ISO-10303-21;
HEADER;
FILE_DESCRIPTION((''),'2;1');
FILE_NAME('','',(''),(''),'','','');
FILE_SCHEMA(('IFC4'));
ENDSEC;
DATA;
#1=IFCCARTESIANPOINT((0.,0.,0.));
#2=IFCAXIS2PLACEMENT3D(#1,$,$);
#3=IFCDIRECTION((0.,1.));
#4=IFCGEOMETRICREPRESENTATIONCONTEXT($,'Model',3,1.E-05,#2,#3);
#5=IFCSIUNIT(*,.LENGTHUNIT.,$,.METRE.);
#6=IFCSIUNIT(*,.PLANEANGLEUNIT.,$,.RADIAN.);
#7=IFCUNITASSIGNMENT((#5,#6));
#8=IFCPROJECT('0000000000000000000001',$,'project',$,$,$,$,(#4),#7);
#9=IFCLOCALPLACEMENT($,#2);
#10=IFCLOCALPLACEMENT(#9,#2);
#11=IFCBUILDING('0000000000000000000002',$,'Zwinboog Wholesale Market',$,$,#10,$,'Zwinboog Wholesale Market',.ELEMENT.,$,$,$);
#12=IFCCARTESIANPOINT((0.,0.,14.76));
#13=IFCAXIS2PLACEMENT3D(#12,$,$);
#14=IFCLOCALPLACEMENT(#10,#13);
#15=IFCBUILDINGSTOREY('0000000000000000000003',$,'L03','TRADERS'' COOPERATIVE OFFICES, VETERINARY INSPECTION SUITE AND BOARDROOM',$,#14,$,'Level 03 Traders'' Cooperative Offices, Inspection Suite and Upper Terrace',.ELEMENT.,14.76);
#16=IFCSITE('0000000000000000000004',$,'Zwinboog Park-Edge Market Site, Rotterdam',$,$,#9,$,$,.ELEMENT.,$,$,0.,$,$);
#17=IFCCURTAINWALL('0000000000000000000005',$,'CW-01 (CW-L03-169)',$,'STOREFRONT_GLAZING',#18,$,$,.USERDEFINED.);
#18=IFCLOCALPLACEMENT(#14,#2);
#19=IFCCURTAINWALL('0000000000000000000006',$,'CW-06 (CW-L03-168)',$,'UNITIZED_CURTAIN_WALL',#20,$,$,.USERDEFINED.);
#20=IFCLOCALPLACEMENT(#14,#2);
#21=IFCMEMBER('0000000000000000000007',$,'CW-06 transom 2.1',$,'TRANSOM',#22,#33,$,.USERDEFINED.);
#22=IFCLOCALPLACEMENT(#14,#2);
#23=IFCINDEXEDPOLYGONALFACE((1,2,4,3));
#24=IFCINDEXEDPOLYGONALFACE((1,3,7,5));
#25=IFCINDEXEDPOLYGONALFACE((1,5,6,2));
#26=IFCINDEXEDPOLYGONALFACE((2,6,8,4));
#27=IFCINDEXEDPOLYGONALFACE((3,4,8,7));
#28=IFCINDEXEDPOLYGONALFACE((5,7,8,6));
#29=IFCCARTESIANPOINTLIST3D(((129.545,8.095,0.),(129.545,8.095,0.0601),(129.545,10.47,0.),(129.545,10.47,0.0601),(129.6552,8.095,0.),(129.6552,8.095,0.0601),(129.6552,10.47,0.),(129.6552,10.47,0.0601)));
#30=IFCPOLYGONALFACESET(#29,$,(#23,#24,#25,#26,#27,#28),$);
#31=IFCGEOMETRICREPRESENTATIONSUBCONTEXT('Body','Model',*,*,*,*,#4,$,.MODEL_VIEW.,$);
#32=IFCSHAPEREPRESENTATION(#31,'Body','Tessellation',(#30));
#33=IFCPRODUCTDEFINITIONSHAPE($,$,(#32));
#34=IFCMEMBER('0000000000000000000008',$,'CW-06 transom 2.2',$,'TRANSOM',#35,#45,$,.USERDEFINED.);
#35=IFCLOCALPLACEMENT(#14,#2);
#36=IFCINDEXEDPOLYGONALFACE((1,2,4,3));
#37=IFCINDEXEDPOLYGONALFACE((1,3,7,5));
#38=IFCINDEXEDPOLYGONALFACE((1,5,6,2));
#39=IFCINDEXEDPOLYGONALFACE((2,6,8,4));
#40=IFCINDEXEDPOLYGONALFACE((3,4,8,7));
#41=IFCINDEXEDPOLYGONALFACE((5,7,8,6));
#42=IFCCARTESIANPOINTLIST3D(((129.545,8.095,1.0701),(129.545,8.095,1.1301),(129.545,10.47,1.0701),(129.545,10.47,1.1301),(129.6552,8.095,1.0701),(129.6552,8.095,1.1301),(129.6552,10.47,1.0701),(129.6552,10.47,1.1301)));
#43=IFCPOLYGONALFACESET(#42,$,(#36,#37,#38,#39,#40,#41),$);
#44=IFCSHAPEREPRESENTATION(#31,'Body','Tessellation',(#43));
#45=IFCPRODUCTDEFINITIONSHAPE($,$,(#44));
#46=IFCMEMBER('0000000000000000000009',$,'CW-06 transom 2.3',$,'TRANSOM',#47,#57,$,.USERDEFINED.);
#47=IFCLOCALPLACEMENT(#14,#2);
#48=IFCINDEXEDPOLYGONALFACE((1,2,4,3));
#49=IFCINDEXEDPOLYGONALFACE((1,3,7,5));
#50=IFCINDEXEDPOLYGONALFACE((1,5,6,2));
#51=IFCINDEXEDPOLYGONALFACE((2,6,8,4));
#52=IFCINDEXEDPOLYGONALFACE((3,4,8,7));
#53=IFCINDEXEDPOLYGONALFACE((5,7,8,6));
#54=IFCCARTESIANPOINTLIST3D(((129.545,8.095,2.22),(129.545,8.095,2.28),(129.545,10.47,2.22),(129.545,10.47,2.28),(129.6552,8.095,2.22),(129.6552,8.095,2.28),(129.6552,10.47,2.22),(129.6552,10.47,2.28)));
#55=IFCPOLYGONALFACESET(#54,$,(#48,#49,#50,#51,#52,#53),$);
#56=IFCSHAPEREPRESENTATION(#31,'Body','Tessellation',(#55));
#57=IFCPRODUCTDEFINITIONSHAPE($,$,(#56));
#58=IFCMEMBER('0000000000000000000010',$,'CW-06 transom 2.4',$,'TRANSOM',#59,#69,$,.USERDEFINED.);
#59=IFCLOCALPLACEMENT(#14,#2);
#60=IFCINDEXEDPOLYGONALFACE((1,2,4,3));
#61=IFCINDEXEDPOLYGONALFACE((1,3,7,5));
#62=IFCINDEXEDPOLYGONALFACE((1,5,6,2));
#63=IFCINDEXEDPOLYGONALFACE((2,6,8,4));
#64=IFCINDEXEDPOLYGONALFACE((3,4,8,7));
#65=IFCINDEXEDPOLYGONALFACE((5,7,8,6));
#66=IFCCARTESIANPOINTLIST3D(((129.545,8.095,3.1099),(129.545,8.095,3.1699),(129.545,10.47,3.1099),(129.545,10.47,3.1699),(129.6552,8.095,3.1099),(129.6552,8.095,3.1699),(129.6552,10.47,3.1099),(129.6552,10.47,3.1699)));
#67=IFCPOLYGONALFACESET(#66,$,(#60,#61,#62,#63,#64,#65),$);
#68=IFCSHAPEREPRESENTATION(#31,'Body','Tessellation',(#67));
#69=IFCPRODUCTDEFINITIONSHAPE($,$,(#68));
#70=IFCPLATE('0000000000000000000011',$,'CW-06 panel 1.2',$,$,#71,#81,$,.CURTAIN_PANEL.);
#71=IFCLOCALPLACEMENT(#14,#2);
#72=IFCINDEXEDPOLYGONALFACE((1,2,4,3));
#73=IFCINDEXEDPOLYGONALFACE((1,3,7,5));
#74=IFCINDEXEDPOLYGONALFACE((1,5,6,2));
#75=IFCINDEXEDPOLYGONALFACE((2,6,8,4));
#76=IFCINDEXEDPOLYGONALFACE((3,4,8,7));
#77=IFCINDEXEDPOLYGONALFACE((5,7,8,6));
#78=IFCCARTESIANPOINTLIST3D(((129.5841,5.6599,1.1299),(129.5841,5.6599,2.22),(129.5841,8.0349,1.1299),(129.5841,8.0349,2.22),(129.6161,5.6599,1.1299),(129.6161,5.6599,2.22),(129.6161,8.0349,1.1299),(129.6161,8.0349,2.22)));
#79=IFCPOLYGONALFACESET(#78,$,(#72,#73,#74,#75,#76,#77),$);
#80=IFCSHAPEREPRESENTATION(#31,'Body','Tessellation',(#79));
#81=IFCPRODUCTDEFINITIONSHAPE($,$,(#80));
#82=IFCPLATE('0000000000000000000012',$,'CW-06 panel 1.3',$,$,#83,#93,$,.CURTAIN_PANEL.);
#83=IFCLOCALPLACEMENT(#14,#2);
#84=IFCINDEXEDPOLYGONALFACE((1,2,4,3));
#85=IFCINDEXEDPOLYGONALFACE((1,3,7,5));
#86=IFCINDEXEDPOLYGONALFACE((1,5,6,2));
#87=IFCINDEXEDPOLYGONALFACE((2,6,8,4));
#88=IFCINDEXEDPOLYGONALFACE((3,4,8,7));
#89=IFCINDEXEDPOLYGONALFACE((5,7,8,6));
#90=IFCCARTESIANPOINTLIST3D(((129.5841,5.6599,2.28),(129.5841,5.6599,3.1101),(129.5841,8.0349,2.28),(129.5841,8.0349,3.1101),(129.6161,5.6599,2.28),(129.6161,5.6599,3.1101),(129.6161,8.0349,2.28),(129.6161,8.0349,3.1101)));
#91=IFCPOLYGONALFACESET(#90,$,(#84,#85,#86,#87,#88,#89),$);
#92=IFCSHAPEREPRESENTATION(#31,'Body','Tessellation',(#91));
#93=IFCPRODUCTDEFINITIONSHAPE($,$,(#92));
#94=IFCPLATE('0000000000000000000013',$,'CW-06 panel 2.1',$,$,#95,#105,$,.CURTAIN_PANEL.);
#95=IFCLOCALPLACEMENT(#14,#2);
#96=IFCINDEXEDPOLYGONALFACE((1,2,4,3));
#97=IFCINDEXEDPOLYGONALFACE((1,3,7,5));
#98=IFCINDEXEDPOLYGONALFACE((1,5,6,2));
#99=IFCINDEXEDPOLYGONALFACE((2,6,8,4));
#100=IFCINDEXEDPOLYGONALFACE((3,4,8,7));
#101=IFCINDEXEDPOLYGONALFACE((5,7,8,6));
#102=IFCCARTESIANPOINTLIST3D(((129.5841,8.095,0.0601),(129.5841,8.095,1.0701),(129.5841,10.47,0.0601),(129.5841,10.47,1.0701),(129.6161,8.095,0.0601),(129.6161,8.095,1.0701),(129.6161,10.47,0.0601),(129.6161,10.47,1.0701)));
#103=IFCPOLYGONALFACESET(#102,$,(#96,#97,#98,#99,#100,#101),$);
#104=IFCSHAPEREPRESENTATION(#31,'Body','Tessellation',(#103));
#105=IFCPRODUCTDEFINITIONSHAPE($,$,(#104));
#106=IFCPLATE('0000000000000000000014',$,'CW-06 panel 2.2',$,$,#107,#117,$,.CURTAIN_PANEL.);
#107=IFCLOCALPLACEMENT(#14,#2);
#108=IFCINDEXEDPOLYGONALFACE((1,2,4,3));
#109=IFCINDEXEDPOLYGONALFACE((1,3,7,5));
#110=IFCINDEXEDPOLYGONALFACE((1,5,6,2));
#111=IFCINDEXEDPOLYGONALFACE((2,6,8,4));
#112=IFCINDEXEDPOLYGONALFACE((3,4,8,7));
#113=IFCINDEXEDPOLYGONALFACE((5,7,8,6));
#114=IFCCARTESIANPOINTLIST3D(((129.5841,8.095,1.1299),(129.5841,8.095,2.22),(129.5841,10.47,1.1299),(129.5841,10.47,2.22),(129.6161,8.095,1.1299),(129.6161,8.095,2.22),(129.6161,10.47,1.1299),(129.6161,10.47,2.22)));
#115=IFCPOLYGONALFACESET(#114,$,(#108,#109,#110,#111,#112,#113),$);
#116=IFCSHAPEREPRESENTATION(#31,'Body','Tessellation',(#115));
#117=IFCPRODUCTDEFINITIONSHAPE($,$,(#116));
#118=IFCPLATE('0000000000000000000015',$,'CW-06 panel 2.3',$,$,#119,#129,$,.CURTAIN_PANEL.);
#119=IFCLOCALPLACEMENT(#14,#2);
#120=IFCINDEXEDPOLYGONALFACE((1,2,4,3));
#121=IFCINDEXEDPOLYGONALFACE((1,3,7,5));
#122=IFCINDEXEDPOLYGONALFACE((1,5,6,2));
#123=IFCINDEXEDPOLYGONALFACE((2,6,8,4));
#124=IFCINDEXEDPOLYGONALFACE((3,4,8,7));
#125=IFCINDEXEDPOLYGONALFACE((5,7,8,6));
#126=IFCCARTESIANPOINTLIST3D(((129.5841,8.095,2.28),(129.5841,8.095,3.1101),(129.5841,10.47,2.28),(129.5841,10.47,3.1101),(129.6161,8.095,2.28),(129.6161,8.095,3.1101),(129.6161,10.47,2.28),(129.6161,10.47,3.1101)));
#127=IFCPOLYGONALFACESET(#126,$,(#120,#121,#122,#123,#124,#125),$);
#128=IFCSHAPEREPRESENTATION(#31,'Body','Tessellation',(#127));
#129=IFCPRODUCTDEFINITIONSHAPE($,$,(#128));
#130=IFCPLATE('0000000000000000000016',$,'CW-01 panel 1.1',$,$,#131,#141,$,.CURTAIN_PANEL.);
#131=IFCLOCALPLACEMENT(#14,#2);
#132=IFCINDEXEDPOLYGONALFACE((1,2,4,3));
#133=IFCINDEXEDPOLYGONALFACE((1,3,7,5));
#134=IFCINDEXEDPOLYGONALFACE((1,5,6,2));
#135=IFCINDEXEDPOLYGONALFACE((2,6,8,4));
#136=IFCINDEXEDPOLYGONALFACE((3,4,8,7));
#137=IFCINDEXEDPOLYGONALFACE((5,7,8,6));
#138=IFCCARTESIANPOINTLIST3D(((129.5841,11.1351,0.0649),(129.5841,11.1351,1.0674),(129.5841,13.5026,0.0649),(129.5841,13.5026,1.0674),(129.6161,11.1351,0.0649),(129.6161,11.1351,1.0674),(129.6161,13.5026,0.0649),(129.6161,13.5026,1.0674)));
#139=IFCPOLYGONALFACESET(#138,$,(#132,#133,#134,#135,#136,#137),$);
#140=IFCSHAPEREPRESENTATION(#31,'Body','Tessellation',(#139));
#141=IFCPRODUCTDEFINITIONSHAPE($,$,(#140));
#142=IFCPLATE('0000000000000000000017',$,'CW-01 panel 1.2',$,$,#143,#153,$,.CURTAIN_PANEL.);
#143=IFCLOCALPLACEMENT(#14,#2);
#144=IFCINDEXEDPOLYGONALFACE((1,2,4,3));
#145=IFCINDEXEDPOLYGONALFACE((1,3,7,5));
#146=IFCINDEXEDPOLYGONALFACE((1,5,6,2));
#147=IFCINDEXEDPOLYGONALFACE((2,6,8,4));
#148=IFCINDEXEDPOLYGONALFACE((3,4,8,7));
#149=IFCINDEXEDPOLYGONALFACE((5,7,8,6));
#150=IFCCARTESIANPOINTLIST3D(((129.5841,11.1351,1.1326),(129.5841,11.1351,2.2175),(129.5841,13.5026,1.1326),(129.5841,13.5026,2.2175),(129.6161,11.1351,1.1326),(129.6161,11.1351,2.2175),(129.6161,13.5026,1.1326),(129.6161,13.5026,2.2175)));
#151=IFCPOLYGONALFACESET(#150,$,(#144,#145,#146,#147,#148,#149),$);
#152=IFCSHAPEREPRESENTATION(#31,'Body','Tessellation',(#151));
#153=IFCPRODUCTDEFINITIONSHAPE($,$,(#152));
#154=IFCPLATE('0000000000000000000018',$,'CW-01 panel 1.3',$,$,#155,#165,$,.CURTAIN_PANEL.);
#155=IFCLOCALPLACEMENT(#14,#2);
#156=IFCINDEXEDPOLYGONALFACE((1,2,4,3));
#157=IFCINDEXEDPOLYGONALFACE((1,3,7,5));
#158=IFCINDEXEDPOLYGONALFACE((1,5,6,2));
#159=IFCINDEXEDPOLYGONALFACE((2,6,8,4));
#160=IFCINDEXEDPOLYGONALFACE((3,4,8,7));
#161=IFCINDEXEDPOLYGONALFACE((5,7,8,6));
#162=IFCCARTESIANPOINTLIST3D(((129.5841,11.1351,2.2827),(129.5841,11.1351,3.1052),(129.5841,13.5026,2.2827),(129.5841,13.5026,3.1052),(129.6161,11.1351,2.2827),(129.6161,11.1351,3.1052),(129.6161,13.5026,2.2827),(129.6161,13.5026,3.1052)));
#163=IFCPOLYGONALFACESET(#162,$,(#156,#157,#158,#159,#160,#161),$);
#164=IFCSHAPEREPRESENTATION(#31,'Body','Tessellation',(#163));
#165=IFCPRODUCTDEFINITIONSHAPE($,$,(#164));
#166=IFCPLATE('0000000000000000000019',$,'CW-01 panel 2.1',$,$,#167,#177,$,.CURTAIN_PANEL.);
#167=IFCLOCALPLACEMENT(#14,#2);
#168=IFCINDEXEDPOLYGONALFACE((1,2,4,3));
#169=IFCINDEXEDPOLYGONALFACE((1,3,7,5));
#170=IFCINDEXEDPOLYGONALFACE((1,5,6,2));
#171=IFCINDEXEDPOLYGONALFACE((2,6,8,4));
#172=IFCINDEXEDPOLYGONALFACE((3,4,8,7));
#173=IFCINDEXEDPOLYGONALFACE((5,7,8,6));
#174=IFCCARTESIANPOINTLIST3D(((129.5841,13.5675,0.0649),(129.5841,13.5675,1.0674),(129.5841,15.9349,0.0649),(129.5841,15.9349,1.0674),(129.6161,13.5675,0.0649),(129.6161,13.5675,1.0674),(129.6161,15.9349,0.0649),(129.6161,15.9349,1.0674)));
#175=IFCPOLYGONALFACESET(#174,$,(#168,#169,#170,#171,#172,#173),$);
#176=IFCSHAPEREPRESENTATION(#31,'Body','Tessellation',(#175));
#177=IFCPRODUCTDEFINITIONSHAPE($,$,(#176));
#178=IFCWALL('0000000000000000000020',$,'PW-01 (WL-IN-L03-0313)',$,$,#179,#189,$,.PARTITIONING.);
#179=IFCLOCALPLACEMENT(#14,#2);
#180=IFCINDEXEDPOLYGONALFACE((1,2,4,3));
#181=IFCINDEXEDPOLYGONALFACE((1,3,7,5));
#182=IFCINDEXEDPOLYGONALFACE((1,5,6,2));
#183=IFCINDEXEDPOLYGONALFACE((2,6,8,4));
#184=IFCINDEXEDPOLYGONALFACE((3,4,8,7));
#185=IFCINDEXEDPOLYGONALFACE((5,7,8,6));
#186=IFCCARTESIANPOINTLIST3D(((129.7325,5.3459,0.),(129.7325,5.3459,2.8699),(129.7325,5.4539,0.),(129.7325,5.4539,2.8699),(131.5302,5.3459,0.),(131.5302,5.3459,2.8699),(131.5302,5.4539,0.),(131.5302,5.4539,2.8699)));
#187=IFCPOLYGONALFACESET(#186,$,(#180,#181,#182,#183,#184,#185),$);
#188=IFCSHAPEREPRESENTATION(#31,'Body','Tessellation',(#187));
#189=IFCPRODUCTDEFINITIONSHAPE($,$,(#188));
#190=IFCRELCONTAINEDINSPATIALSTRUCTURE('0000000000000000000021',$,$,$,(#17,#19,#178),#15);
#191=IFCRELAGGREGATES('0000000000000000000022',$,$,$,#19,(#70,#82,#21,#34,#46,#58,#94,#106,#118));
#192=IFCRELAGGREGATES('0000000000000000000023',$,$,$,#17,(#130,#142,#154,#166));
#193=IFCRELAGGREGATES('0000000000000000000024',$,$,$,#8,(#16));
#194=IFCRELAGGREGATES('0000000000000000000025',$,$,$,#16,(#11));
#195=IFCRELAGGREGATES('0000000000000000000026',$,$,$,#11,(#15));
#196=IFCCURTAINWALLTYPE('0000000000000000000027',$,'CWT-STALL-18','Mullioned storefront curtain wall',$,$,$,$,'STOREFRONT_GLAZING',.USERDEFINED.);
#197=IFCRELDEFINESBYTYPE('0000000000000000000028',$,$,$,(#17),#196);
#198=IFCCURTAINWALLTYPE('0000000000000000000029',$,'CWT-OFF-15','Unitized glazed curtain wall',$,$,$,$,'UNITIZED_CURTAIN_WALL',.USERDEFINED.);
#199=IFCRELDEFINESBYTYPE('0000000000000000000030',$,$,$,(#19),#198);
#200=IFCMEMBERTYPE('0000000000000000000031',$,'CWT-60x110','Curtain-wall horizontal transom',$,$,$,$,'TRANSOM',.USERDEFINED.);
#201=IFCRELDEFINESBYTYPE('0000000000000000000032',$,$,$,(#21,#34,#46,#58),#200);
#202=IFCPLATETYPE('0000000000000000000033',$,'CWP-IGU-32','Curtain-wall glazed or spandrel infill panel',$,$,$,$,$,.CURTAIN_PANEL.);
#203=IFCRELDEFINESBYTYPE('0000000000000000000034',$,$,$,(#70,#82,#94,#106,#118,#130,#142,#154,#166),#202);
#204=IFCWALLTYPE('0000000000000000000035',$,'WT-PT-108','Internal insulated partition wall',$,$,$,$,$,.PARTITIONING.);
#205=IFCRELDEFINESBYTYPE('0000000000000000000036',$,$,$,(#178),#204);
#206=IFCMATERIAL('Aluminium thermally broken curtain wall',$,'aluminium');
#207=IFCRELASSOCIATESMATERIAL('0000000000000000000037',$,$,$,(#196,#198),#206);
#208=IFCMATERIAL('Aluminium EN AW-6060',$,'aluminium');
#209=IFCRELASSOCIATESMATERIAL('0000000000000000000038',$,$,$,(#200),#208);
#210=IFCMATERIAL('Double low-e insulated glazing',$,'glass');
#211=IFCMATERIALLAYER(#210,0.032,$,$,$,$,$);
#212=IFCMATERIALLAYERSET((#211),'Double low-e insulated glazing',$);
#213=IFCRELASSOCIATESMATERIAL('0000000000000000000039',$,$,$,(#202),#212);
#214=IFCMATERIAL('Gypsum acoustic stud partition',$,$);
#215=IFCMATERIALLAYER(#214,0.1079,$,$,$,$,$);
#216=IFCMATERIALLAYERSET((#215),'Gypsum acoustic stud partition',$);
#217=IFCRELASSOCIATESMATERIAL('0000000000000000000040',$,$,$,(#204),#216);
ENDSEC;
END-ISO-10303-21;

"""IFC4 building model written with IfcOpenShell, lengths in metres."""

from ifc_helpers import new_model, si_unit, direction, frame, frame_2d, origin, origin_2d, place, context, subcontext, project, spatial, rectangle, extrude, material, layer, layer_set, material_profile, profile_set, type_object, element, aggregate, save


model = new_model("IFC4")

# Units and contexts
model_context = context("Model", 3, precision=1e-05, world=origin(), true_north=direction((0.0, 1.0)))
body_context = subcontext(model_context, "Body", "Model", "MODEL_VIEW")
ifc_project = project(units=[si_unit("LENGTHUNIT", "METRE"), si_unit("PLANEANGLEUNIT", "RADIAN")], contexts=[model_context])

# Site, building, storey
site_placement = place(None, origin())
site = spatial("IfcSite", under=ifc_project, at=site_placement, Name="Zwinboog Park-Edge Market Site, Rotterdam", CompositionType="ELEMENT", RefElevation=0.0)
building_placement = place(site_placement, origin())
building = spatial("IfcBuilding", under=site, at=building_placement, Name="Zwinboog Wholesale Market", LongName="Zwinboog Wholesale Market", CompositionType="ELEMENT")
storey_placement = place(building_placement, frame((0.0, 0.0, 14.76)))
storey = spatial("IfcBuildingStorey", under=building, at=storey_placement, Name="L03", Description="TRADERS' COOPERATIVE OFFICES, VETERINARY INSPECTION SUITE AND BOARDROOM", LongName="Level 03 Traders' Cooperative Offices, Inspection Suite and Upper Terrace", CompositionType="ELEMENT", Elevation=14.76)

# Curtain wall
ifc_material_1 = material(Name="Aluminium thermally broken curtain wall", Category="aluminium")
curtain_wall_type_1 = type_object("IfcCurtainWallType", Name="CWT-STALL-18", Description="Mullioned storefront curtain wall", ElementType="STOREFRONT_GLAZING", PredefinedType="USERDEFINED", material=ifc_material_1)
curtain_wall_1_placement = place(storey_placement, origin())
curtain_wall_1 = element("IfcCurtainWall", 1, at=curtain_wall_1_placement, inside=storey, type_object=curtain_wall_type_1, Name="CW-01 (CW-L03-169)", ObjectType="STOREFRONT_GLAZING", PredefinedType="USERDEFINED")
ifc_material_2 = material(Name="Aluminium EN AW-6060", Category="aluminium")

# Curtain wall, members, plates
curtain_wall_type_2 = type_object("IfcCurtainWallType", Name="CWT-OFF-15", Description="Unitized glazed curtain wall", ElementType="UNITIZED_CURTAIN_WALL", PredefinedType="USERDEFINED", material=ifc_material_1)
curtain_wall_2_placement = place(storey_placement, origin())
curtain_wall_2 = element("IfcCurtainWall", 2, at=curtain_wall_2_placement, inside=storey, type_object=curtain_wall_type_2, Name="CW-06 (CW-L03-168)", ObjectType="UNITIZED_CURTAIN_WALL", PredefinedType="USERDEFINED")
ifc_material_profile_1 = material_profile(ifc_material_2, rectangle(XDim=0.1101, YDim=0.0601, at=origin_2d()), Name="AL 60x110")
ifc_profile_set_1 = profile_set([ifc_material_profile_1], Name="Aluminium EN AW-6060")
member_type_1 = type_object("IfcMemberType", Name="CWT-60x110", Description="Curtain-wall horizontal transom", ElementType="TRANSOM", PredefinedType="USERDEFINED", material=ifc_profile_set_1)
member_1_placement = place(storey_placement, frame((129.6001, 8.095, 0.03), z_axis=(0.0, 1.0, 0.0), x_axis=(-1.0, 0.0, 0.0)))
member_1 = element("IfcMember", 3, at=member_1_placement, type_object=member_type_1, Name="CW-06 transom 2.1", ObjectType="TRANSOM", PredefinedType="USERDEFINED", context=body_context, shape_type="SweptSolid", body=[
    extrude(rectangle(XDim=0.1101, YDim=0.0601, at=origin_2d()), origin(), (0.0, 0.0, 1.0), 2.375),
])
member_2_placement = place(storey_placement, frame((129.6001, 8.095, 1.1001), z_axis=(0.0, 1.0, 0.0), x_axis=(-1.0, 0.0, 0.0)))
member_2 = element("IfcMember", 4, at=member_2_placement, type_object=member_type_1, Name="CW-06 transom 2.2", ObjectType="TRANSOM", PredefinedType="USERDEFINED", context=body_context, shape_type="SweptSolid", body=[
    extrude(rectangle(XDim=0.1101, YDim=0.0601, at=origin_2d()), origin(), (0.0, 0.0, 1.0), 2.375),
])
member_3_placement = place(storey_placement, frame((129.6001, 8.095, 2.25), z_axis=(0.0, 1.0, 0.0), x_axis=(-1.0, 0.0, 0.0)))
member_3 = element("IfcMember", 5, at=member_3_placement, type_object=member_type_1, Name="CW-06 transom 2.3", ObjectType="TRANSOM", PredefinedType="USERDEFINED", context=body_context, shape_type="SweptSolid", body=[
    extrude(rectangle(XDim=0.1101, YDim=0.0601, at=origin_2d()), origin(), (0.0, 0.0, 1.0), 2.375),
])
member_4_placement = place(storey_placement, frame((129.6001, 8.095, 3.1399), z_axis=(0.0, 1.0, 0.0), x_axis=(-1.0, 0.0, 0.0)))
member_4 = element("IfcMember", 6, at=member_4_placement, type_object=member_type_1, Name="CW-06 transom 2.4", ObjectType="TRANSOM", PredefinedType="USERDEFINED", context=body_context, shape_type="SweptSolid", body=[
    extrude(rectangle(XDim=0.1101, YDim=0.0601, at=origin_2d()), origin(), (0.0, 0.0, 1.0), 2.375),
])
ifc_material_3 = material(Name="Double low-e insulated glazing", Category="glass")
ifc_layer_1 = layer(ifc_material_3, 0.032)
ifc_layer_set_1 = layer_set([ifc_layer_1], Name="Double low-e insulated glazing")
plate_type = type_object("IfcPlateType", Name="CWP-IGU-32", Description="Curtain-wall glazed or spandrel infill panel", PredefinedType="CURTAIN_PANEL", material=ifc_layer_set_1)
plate_1_placement = place(storey_placement, frame((129.6001, 6.8474, 1.1299), z_axis=(0.0, 0.0, 1.0), x_axis=(0.0, 1.0, 0.0)))
plate_1 = element("IfcPlate", 7, at=plate_1_placement, type_object=plate_type, Name="CW-06 panel 1.2", PredefinedType="CURTAIN_PANEL", context=body_context, shape_type="SweptSolid", body=[
    extrude(rectangle(XDim=2.375, YDim=0.032, at=origin_2d()), origin(), (0.0, 0.0, 1.0), 1.0901),
])
plate_2_placement = place(storey_placement, frame((129.6001, 6.8474, 2.28), z_axis=(0.0, 0.0, 1.0), x_axis=(0.0, 1.0, 0.0)))
plate_2 = element("IfcPlate", 8, at=plate_2_placement, type_object=plate_type, Name="CW-06 panel 1.3", PredefinedType="CURTAIN_PANEL", context=body_context, shape_type="SweptSolid", body=[
    extrude(rectangle(XDim=2.375, YDim=0.032, at=origin_2d()), origin(), (0.0, 0.0, 1.0), 0.8301),
])
plate_3_placement = place(storey_placement, frame((129.6001, 9.2825, 0.0601), z_axis=(0.0, 0.0, 1.0), x_axis=(0.0, 1.0, 0.0)))
plate_3 = element("IfcPlate", 9, at=plate_3_placement, type_object=plate_type, Name="CW-06 panel 2.1", PredefinedType="CURTAIN_PANEL", context=body_context, shape_type="SweptSolid", body=[
    extrude(rectangle(XDim=2.375, YDim=0.032, at=origin_2d()), origin(), (0.0, 0.0, 1.0), 1.01),
])
plate_4_placement = place(storey_placement, frame((129.6001, 9.2825, 1.1299), z_axis=(0.0, 0.0, 1.0), x_axis=(0.0, 1.0, 0.0)))
plate_4 = element("IfcPlate", 10, at=plate_4_placement, type_object=plate_type, Name="CW-06 panel 2.2", PredefinedType="CURTAIN_PANEL", context=body_context, shape_type="SweptSolid", body=[
    extrude(rectangle(XDim=2.375, YDim=0.032, at=origin_2d()), origin(), (0.0, 0.0, 1.0), 1.0901),
])
plate_5_placement = place(storey_placement, frame((129.6001, 9.2825, 2.28), z_axis=(0.0, 0.0, 1.0), x_axis=(0.0, 1.0, 0.0)))
plate_5 = element("IfcPlate", 11, at=plate_5_placement, type_object=plate_type, Name="CW-06 panel 2.3", PredefinedType="CURTAIN_PANEL", context=body_context, shape_type="SweptSolid", body=[
    extrude(rectangle(XDim=2.375, YDim=0.032, at=origin_2d()), origin(), (0.0, 0.0, 1.0), 0.8301),
])
aggregate(curtain_wall_2, [plate_1, plate_2, member_1, member_2, member_3, member_4, plate_3, plate_4, plate_5])

# Plates
plate_6_placement = place(storey_placement, frame((129.6001, 12.3188, 0.0649), z_axis=(0.0, 0.0, 1.0), x_axis=(0.0, 1.0, 0.0)))
plate_6 = element("IfcPlate", 12, at=plate_6_placement, type_object=plate_type, Name="CW-01 panel 1.1", PredefinedType="CURTAIN_PANEL", context=body_context, shape_type="SweptSolid", body=[
    extrude(rectangle(XDim=2.3674, YDim=0.032, at=origin_2d()), origin(), (0.0, 0.0, 1.0), 1.0024),
])
plate_7_placement = place(storey_placement, frame((129.6001, 12.3188, 1.1326), z_axis=(0.0, 0.0, 1.0), x_axis=(0.0, 1.0, 0.0)))
plate_7 = element("IfcPlate", 13, at=plate_7_placement, type_object=plate_type, Name="CW-01 panel 1.2", PredefinedType="CURTAIN_PANEL", context=body_context, shape_type="SweptSolid", body=[
    extrude(rectangle(XDim=2.3674, YDim=0.032, at=origin_2d()), origin(), (0.0, 0.0, 1.0), 1.085),
])
plate_8_placement = place(storey_placement, frame((129.6001, 12.3188, 2.2827), z_axis=(0.0, 0.0, 1.0), x_axis=(0.0, 1.0, 0.0)))
plate_8 = element("IfcPlate", 14, at=plate_8_placement, type_object=plate_type, Name="CW-01 panel 1.3", PredefinedType="CURTAIN_PANEL", context=body_context, shape_type="SweptSolid", body=[
    extrude(rectangle(XDim=2.3674, YDim=0.032, at=origin_2d()), origin(), (0.0, 0.0, 1.0), 0.8225),
])
plate_9_placement = place(storey_placement, frame((129.6001, 14.7512, 0.0649), z_axis=(0.0, 0.0, 1.0), x_axis=(0.0, 1.0, 0.0)))
plate_9 = element("IfcPlate", 15, at=plate_9_placement, type_object=plate_type, Name="CW-01 panel 2.1", PredefinedType="CURTAIN_PANEL", context=body_context, shape_type="SweptSolid", body=[
    extrude(rectangle(XDim=2.3674, YDim=0.032, at=origin_2d()), origin(), (0.0, 0.0, 1.0), 1.0024),
])
aggregate(curtain_wall_1, [plate_6, plate_7, plate_8, plate_9])

# Wall
ifc_material_4 = material(Name="Gypsum acoustic stud partition")
ifc_layer_2 = layer(ifc_material_4, 0.1079)
ifc_layer_set_2 = layer_set([ifc_layer_2], Name="Gypsum acoustic stud partition")
wall_type_1 = type_object("IfcWallType", Name="WT-PT-108", Description="Internal insulated partition wall", PredefinedType="PARTITIONING", material=ifc_layer_set_2)
wall_1_placement = place(storey_placement, frame((129.7324, 5.3999, 0.0), z_axis=(0.0, 0.0, 1.0), x_axis=(1.0, 0.0, 0.0)))
element("IfcWall", 16, at=wall_1_placement, inside=storey, type_object=wall_type_1, Name="PW-01 (WL-IN-L03-0313)", PredefinedType="PARTITIONING", context=body_context, shape_type="SweptSolid", body=[
    extrude(rectangle(XDim=1.7976, YDim=0.1079, at=frame_2d((0.8989, 0.0))), origin(), (0.0, 0.0, 1.0), 2.8699),
])

save(model, "model.ifc")
